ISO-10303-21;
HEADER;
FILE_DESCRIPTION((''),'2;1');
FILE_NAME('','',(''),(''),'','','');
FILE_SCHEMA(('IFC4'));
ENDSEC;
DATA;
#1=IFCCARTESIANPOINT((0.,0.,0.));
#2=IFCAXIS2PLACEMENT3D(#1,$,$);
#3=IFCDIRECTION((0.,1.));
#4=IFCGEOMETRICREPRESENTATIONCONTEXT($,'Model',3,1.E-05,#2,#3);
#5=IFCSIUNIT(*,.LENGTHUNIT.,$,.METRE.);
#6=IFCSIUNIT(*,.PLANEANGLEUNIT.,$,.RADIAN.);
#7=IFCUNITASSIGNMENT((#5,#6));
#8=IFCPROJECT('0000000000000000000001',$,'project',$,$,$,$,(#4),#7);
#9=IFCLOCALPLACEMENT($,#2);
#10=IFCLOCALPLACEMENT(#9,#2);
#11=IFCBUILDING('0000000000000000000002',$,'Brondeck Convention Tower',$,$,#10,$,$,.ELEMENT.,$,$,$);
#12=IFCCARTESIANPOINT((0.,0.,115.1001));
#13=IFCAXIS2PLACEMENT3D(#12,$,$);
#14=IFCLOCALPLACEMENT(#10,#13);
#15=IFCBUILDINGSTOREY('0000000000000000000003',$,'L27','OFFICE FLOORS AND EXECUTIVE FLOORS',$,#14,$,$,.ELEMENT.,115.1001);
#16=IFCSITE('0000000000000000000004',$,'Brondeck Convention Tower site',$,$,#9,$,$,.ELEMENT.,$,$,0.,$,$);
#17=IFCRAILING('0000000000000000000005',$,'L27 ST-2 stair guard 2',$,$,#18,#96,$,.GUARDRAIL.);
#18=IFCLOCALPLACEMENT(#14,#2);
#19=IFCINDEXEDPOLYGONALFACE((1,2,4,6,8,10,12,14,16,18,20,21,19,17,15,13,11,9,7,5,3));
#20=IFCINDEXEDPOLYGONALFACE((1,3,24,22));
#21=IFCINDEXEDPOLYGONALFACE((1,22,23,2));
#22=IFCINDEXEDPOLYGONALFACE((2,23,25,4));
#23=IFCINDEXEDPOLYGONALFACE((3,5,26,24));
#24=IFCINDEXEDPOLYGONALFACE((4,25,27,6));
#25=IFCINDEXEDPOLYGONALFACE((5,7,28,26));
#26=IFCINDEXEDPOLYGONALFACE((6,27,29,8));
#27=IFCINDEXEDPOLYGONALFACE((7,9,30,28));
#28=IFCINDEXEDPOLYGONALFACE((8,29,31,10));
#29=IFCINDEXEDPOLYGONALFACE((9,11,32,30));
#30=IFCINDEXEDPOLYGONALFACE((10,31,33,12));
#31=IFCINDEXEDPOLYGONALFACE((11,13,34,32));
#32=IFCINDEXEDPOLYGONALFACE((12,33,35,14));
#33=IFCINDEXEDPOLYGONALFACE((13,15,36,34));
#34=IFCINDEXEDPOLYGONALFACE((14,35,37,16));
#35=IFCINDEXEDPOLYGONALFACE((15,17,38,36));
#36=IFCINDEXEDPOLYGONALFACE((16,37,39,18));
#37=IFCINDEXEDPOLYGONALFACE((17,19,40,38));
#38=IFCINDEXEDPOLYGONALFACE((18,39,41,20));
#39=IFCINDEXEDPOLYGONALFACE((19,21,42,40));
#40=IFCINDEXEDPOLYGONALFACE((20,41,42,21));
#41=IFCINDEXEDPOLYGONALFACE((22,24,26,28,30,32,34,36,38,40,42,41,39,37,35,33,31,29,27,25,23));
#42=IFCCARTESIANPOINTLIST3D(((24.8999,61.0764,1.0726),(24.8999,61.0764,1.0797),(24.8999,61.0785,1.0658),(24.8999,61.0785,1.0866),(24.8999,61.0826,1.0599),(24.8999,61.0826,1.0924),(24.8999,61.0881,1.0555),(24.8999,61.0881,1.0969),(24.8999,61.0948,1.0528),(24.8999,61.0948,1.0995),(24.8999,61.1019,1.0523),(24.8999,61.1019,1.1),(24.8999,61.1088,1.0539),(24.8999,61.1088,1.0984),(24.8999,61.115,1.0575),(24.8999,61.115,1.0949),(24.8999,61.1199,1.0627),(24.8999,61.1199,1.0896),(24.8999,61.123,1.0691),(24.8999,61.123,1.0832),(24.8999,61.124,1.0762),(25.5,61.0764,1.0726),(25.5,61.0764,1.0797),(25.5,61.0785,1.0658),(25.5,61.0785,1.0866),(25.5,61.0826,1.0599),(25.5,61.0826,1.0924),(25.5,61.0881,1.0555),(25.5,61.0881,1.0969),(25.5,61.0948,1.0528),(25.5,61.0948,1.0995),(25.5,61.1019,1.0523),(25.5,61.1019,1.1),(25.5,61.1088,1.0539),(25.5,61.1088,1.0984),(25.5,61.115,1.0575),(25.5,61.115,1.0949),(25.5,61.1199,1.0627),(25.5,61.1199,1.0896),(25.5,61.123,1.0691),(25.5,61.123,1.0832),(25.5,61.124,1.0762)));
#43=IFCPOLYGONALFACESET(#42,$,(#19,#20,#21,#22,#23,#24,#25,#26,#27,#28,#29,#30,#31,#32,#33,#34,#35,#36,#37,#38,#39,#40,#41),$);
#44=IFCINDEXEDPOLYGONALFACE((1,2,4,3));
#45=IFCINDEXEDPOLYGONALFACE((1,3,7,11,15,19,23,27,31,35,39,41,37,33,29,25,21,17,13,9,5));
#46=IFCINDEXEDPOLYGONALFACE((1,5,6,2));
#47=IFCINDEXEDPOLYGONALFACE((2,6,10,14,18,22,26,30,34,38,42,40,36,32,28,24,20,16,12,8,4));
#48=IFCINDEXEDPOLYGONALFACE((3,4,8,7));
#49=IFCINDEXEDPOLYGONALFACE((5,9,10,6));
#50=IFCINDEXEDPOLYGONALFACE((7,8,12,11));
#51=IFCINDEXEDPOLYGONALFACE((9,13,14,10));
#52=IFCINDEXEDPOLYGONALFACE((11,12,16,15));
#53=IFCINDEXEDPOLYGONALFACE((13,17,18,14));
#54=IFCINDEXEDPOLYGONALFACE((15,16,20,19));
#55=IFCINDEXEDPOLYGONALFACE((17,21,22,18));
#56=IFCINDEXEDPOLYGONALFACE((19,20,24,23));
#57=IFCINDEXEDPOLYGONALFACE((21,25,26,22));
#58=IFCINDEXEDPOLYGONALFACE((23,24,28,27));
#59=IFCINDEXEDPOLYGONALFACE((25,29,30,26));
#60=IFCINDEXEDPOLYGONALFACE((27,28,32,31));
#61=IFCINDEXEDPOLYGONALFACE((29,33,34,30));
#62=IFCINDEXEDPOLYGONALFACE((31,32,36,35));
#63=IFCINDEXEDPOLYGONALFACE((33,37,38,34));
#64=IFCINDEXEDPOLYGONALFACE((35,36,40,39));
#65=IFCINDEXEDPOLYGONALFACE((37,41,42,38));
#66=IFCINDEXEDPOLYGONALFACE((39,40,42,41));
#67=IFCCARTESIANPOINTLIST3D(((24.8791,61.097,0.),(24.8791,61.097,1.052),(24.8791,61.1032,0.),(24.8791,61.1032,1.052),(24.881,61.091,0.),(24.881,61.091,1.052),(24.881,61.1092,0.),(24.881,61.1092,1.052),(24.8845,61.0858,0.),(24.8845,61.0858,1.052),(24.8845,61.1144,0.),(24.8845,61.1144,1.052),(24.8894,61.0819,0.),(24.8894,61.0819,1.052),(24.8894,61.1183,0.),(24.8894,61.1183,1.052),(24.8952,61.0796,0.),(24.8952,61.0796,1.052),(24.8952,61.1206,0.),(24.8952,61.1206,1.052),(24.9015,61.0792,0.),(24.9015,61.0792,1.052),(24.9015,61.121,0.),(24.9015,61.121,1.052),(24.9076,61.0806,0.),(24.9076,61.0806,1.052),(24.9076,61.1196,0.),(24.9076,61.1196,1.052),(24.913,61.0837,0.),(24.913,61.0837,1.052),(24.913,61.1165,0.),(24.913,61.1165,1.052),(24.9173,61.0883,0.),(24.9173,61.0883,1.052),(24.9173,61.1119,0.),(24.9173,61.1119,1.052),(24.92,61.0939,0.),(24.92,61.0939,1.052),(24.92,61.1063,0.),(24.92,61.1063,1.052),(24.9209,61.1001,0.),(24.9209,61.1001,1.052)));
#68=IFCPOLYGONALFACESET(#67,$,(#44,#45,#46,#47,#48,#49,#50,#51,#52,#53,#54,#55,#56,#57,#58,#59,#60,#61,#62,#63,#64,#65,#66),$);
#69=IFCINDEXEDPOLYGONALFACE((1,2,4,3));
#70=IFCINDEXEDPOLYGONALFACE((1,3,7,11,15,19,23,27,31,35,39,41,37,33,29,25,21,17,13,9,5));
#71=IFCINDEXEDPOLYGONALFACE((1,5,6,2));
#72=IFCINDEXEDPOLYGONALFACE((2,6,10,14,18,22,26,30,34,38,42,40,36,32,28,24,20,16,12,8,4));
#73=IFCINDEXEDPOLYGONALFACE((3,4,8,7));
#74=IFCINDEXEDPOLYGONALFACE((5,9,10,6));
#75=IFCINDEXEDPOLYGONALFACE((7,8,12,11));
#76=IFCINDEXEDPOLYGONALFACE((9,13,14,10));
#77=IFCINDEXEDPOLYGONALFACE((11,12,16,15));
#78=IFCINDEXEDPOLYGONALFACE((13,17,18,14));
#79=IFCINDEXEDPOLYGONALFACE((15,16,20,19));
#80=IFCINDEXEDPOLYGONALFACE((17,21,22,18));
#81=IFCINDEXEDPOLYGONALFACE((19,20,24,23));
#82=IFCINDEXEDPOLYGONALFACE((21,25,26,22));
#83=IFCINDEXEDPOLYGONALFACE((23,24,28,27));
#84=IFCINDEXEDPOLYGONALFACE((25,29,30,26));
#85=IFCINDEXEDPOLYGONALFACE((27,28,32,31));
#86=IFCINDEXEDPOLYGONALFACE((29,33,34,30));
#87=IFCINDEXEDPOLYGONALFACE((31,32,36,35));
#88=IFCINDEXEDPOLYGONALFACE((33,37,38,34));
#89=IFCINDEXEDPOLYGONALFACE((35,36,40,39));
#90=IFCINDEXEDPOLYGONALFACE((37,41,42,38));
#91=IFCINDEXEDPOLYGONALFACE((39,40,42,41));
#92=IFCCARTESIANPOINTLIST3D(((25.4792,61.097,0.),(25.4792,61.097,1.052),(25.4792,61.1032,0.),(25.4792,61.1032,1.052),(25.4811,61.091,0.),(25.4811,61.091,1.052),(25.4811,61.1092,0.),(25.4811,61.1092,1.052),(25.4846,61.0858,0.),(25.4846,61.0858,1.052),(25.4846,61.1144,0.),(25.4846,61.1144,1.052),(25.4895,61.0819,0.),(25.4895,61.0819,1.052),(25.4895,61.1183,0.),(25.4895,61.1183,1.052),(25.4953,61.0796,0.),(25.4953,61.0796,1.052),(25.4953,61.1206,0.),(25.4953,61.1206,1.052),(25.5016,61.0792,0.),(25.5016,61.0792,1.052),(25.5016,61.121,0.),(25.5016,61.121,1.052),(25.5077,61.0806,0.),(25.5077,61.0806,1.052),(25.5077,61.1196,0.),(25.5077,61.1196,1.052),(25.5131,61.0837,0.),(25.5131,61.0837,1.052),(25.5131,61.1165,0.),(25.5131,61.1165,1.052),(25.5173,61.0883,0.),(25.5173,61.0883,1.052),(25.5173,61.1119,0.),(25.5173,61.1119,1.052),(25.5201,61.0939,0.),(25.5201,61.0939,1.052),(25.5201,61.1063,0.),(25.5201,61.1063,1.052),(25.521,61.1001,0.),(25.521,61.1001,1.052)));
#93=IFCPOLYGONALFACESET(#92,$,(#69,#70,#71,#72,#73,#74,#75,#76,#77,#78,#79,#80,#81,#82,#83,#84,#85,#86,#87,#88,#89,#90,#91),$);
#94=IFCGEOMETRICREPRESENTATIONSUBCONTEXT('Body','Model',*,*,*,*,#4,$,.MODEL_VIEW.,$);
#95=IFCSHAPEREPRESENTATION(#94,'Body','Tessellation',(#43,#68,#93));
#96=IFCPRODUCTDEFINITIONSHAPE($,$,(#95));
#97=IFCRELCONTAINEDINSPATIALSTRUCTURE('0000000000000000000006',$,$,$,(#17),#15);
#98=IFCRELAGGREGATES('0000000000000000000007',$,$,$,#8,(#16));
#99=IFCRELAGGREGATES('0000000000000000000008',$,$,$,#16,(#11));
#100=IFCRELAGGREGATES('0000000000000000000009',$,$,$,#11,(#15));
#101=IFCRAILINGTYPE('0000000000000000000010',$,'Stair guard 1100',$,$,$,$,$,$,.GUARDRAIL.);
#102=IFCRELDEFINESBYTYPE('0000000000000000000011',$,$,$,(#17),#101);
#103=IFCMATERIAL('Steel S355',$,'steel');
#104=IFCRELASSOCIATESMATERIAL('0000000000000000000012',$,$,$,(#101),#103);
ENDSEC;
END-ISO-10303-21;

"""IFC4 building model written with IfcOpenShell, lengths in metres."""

from ifc_helpers import new_model, si_unit, direction, frame, origin, origin_2d, place, context, subcontext, project, spatial, circle, extrude, material, type_object, element, save


model = new_model("IFC4")

# Units and contexts
model_context = context("Model", 3, precision=1e-05, world=origin(), true_north=direction((0.0, 1.0)))
body_context = subcontext(model_context, "Body", "Model", "MODEL_VIEW")
ifc_project = project(units=[si_unit("LENGTHUNIT", "METRE"), si_unit("PLANEANGLEUNIT", "RADIAN")], contexts=[model_context])

# Site, building, storey
site_placement = place(None, origin())
site = spatial("IfcSite", under=ifc_project, at=site_placement, Name="Brondeck Convention Tower site", CompositionType="ELEMENT", RefElevation=0.0)
building_placement = place(site_placement, origin())
building = spatial("IfcBuilding", under=site, at=building_placement, Name="Brondeck Convention Tower", CompositionType="ELEMENT")
storey_placement = place(building_placement, frame((0.0, 0.0, 115.1001)))
storey = spatial("IfcBuildingStorey", under=building, at=storey_placement, Name="L27", Description="OFFICE FLOORS AND EXECUTIVE FLOORS", CompositionType="ELEMENT", Elevation=115.1001)

# Shared definitions
ifc_material_1 = material(Name="Steel S355", Category="steel")

# Railing
railing_type_1 = type_object("IfcRailingType", Name="Stair guard 1100", PredefinedType="GUARDRAIL", material=ifc_material_1)
railing_1_placement = place(storey_placement, frame((24.8999, 61.1001, 0.0)))
element("IfcRailing", 1, at=railing_1_placement, inside=storey, type_object=railing_type_1, Name="L27 ST-2 stair guard 2", PredefinedType="GUARDRAIL", context=body_context, shape_type="SweptSolid", body=[
    extrude(circle(Radius=0.0239, at=origin_2d()), frame((0.0, 0.0, 1.0762), z_axis=(1.0, 0.0, 0.0), x_axis=(0.0, 1.0, 0.0)), (0.0, 0.0, 1.0), 0.6001),
    extrude(circle(Radius=0.021, at=origin_2d()), origin(), (0.0, 0.0, 1.0), 1.052),
    extrude(circle(Radius=0.021, at=origin_2d()), frame((0.6001, 0.0, 0.0)), (0.0, 0.0, 1.0), 1.052),
])

save(model, "model.ifc")
